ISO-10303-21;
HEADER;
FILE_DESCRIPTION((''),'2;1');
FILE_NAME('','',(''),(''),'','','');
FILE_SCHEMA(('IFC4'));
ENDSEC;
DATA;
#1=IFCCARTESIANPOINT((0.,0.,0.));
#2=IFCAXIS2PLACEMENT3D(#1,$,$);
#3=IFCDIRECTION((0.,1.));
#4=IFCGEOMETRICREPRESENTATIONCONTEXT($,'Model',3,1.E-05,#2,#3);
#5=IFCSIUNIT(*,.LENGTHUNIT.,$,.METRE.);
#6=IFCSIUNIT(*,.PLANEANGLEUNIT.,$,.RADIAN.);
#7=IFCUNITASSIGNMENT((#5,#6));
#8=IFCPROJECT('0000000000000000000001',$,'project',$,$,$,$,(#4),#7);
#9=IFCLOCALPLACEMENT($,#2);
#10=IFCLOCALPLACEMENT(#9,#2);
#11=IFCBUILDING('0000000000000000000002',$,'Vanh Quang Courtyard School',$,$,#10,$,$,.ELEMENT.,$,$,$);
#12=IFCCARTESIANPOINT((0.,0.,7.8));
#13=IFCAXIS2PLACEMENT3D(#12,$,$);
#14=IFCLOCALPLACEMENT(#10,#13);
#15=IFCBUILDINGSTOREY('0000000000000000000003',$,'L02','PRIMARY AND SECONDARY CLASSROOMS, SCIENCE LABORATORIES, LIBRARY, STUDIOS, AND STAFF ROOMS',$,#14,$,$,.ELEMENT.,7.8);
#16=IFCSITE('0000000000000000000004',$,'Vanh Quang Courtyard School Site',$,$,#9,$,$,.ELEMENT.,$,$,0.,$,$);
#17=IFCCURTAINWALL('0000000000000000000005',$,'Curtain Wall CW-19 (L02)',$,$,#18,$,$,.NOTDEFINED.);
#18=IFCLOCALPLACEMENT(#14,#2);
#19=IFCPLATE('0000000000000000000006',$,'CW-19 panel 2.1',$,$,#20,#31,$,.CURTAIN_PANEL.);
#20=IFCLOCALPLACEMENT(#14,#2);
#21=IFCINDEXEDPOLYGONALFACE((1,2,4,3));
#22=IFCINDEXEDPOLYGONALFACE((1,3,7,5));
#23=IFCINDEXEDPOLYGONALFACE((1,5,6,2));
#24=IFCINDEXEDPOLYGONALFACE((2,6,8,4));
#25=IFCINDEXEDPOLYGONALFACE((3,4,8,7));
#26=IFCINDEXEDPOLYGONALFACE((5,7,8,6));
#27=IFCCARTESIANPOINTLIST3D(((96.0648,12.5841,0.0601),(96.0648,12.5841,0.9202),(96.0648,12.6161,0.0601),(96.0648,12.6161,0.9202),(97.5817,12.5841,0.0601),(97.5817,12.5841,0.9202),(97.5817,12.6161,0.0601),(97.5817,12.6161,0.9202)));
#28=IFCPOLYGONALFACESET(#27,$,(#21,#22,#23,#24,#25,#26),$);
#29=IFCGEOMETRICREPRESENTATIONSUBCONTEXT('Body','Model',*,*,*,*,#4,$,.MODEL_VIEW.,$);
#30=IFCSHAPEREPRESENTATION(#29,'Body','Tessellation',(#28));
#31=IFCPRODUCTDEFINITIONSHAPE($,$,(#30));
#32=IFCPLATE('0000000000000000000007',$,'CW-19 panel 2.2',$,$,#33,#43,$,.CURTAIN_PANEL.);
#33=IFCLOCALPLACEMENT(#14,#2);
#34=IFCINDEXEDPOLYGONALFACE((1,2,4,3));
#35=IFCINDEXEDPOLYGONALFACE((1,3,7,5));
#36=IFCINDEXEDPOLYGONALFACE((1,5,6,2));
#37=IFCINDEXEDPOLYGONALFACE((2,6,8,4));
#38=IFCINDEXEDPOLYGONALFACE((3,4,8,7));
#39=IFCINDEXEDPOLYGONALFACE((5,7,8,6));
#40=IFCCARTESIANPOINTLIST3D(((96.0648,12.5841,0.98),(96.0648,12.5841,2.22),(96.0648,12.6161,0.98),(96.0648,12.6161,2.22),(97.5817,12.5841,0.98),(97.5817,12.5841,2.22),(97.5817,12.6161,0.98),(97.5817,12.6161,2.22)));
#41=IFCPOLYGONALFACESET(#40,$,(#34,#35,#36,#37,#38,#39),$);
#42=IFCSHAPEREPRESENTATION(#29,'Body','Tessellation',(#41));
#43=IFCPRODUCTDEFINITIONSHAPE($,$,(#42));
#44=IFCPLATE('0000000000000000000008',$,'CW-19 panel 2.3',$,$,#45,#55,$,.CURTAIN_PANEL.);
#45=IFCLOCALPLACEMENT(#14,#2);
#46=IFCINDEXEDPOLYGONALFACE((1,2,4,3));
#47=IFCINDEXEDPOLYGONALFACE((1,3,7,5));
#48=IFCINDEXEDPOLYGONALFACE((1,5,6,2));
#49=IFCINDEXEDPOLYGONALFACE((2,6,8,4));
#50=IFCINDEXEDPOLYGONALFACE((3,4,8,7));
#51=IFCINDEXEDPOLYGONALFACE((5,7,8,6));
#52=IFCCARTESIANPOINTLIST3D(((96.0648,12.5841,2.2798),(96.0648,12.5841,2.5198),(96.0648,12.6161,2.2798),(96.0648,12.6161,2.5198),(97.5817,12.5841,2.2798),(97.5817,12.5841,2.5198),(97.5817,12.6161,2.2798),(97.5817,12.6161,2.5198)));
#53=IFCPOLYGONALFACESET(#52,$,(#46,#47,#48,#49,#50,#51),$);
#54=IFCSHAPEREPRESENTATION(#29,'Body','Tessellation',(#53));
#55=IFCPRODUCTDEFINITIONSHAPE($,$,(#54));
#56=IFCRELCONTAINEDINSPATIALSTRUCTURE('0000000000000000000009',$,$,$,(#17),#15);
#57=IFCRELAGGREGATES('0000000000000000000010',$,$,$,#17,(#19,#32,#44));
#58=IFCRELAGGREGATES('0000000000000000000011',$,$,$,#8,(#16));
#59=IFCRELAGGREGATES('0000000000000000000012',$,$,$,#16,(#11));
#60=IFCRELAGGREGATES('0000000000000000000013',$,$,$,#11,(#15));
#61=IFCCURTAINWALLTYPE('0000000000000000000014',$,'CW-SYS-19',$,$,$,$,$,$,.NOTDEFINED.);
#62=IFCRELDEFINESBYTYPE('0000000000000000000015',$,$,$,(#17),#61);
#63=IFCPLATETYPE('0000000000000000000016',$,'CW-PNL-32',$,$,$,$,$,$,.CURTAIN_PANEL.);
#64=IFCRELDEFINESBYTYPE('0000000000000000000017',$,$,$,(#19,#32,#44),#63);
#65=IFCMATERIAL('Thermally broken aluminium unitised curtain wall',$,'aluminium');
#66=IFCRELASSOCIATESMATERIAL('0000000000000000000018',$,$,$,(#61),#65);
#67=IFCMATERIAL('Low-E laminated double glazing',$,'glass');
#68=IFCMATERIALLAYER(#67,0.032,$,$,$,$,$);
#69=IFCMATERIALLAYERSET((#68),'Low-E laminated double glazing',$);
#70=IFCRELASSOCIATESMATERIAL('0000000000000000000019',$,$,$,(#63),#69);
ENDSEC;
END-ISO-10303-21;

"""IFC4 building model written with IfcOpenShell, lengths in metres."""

from ifc_helpers import new_model, si_unit, direction, frame, origin, origin_2d, place, context, subcontext, project, spatial, rectangle, extrude, material, layer, layer_set, type_object, element, aggregate, save


model = new_model("IFC4")

# Units and contexts
model_context = context("Model", 3, precision=1e-05, world=origin(), true_north=direction((0.0, 1.0)))
body_context = subcontext(model_context, "Body", "Model", "MODEL_VIEW")
ifc_project = project(units=[si_unit("LENGTHUNIT", "METRE"), si_unit("PLANEANGLEUNIT", "RADIAN")], contexts=[model_context])

# Site, building, storey
site_placement = place(None, origin())
site = spatial("IfcSite", under=ifc_project, at=site_placement, Name="Vanh Quang Courtyard School Site", CompositionType="ELEMENT", RefElevation=0.0)
building_placement = place(site_placement, origin())
building = spatial("IfcBuilding", under=site, at=building_placement, Name="Vanh Quang Courtyard School", CompositionType="ELEMENT")
storey_placement = place(building_placement, frame((0.0, 0.0, 7.8)))
storey = spatial("IfcBuildingStorey", under=building, at=storey_placement, Name="L02", Description="PRIMARY AND SECONDARY CLASSROOMS, SCIENCE LABORATORIES, LIBRARY, STUDIOS, AND STAFF ROOMS", CompositionType="ELEMENT", Elevation=7.8)

# Curtain wall
ifc_material_1 = material(Name="Thermally broken aluminium unitised curtain wall", Category="aluminium")
curtain_wall_type = type_object("IfcCurtainWallType", Name="CW-SYS-19", PredefinedType="NOTDEFINED", material=ifc_material_1)
curtain_wall_1_placement = place(storey_placement, origin())
curtain_wall_1 = element("IfcCurtainWall", 1, at=curtain_wall_1_placement, inside=storey, type_object=curtain_wall_type, Name="Curtain Wall CW-19 (L02)", PredefinedType="NOTDEFINED")

# Plates
ifc_material_2 = material(Name="Low-E laminated double glazing", Category="glass")
ifc_layer_1 = layer(ifc_material_2, 0.032)
ifc_layer_set_1 = layer_set([ifc_layer_1], Name="Low-E laminated double glazing")
plate_type_1 = type_object("IfcPlateType", Name="CW-PNL-32", PredefinedType="CURTAIN_PANEL", material=ifc_layer_set_1)
plate_1_placement = place(storey_placement, frame((96.8232, 12.6001, 0.0601), z_axis=(0.0, 0.0, 1.0), x_axis=(1.0, 0.0, 0.0)))
plate_1 = element("IfcPlate", 2, at=plate_1_placement, type_object=plate_type_1, Name="CW-19 panel 2.1", PredefinedType="CURTAIN_PANEL", context=body_context, shape_type="SweptSolid", body=[
    extrude(rectangle(XDim=1.5168, YDim=0.032, at=origin_2d()), origin(), (0.0, 0.0, 1.0), 0.8601),
])
plate_2_placement = place(storey_placement, frame((96.8232, 12.6001, 0.98), z_axis=(0.0, 0.0, 1.0), x_axis=(1.0, 0.0, 0.0)))
plate_2 = element("IfcPlate", 3, at=plate_2_placement, type_object=plate_type_1, Name="CW-19 panel 2.2", PredefinedType="CURTAIN_PANEL", context=body_context, shape_type="SweptSolid", body=[
    extrude(rectangle(XDim=1.5168, YDim=0.032, at=origin_2d()), origin(), (0.0, 0.0, 1.0), 1.24),
])
plate_3_placement = place(storey_placement, frame((96.8232, 12.6001, 2.2798), z_axis=(0.0, 0.0, 1.0), x_axis=(1.0, 0.0, 0.0)))
plate_3 = element("IfcPlate", 4, at=plate_3_placement, type_object=plate_type_1, Name="CW-19 panel 2.3", PredefinedType="CURTAIN_PANEL", context=body_context, shape_type="SweptSolid", body=[
    extrude(rectangle(XDim=1.5168, YDim=0.032, at=origin_2d()), origin(), (0.0, 0.0, 1.0), 0.24),
])
aggregate(curtain_wall_1, [plate_1, plate_2, plate_3])

save(model, "model.ifc")
